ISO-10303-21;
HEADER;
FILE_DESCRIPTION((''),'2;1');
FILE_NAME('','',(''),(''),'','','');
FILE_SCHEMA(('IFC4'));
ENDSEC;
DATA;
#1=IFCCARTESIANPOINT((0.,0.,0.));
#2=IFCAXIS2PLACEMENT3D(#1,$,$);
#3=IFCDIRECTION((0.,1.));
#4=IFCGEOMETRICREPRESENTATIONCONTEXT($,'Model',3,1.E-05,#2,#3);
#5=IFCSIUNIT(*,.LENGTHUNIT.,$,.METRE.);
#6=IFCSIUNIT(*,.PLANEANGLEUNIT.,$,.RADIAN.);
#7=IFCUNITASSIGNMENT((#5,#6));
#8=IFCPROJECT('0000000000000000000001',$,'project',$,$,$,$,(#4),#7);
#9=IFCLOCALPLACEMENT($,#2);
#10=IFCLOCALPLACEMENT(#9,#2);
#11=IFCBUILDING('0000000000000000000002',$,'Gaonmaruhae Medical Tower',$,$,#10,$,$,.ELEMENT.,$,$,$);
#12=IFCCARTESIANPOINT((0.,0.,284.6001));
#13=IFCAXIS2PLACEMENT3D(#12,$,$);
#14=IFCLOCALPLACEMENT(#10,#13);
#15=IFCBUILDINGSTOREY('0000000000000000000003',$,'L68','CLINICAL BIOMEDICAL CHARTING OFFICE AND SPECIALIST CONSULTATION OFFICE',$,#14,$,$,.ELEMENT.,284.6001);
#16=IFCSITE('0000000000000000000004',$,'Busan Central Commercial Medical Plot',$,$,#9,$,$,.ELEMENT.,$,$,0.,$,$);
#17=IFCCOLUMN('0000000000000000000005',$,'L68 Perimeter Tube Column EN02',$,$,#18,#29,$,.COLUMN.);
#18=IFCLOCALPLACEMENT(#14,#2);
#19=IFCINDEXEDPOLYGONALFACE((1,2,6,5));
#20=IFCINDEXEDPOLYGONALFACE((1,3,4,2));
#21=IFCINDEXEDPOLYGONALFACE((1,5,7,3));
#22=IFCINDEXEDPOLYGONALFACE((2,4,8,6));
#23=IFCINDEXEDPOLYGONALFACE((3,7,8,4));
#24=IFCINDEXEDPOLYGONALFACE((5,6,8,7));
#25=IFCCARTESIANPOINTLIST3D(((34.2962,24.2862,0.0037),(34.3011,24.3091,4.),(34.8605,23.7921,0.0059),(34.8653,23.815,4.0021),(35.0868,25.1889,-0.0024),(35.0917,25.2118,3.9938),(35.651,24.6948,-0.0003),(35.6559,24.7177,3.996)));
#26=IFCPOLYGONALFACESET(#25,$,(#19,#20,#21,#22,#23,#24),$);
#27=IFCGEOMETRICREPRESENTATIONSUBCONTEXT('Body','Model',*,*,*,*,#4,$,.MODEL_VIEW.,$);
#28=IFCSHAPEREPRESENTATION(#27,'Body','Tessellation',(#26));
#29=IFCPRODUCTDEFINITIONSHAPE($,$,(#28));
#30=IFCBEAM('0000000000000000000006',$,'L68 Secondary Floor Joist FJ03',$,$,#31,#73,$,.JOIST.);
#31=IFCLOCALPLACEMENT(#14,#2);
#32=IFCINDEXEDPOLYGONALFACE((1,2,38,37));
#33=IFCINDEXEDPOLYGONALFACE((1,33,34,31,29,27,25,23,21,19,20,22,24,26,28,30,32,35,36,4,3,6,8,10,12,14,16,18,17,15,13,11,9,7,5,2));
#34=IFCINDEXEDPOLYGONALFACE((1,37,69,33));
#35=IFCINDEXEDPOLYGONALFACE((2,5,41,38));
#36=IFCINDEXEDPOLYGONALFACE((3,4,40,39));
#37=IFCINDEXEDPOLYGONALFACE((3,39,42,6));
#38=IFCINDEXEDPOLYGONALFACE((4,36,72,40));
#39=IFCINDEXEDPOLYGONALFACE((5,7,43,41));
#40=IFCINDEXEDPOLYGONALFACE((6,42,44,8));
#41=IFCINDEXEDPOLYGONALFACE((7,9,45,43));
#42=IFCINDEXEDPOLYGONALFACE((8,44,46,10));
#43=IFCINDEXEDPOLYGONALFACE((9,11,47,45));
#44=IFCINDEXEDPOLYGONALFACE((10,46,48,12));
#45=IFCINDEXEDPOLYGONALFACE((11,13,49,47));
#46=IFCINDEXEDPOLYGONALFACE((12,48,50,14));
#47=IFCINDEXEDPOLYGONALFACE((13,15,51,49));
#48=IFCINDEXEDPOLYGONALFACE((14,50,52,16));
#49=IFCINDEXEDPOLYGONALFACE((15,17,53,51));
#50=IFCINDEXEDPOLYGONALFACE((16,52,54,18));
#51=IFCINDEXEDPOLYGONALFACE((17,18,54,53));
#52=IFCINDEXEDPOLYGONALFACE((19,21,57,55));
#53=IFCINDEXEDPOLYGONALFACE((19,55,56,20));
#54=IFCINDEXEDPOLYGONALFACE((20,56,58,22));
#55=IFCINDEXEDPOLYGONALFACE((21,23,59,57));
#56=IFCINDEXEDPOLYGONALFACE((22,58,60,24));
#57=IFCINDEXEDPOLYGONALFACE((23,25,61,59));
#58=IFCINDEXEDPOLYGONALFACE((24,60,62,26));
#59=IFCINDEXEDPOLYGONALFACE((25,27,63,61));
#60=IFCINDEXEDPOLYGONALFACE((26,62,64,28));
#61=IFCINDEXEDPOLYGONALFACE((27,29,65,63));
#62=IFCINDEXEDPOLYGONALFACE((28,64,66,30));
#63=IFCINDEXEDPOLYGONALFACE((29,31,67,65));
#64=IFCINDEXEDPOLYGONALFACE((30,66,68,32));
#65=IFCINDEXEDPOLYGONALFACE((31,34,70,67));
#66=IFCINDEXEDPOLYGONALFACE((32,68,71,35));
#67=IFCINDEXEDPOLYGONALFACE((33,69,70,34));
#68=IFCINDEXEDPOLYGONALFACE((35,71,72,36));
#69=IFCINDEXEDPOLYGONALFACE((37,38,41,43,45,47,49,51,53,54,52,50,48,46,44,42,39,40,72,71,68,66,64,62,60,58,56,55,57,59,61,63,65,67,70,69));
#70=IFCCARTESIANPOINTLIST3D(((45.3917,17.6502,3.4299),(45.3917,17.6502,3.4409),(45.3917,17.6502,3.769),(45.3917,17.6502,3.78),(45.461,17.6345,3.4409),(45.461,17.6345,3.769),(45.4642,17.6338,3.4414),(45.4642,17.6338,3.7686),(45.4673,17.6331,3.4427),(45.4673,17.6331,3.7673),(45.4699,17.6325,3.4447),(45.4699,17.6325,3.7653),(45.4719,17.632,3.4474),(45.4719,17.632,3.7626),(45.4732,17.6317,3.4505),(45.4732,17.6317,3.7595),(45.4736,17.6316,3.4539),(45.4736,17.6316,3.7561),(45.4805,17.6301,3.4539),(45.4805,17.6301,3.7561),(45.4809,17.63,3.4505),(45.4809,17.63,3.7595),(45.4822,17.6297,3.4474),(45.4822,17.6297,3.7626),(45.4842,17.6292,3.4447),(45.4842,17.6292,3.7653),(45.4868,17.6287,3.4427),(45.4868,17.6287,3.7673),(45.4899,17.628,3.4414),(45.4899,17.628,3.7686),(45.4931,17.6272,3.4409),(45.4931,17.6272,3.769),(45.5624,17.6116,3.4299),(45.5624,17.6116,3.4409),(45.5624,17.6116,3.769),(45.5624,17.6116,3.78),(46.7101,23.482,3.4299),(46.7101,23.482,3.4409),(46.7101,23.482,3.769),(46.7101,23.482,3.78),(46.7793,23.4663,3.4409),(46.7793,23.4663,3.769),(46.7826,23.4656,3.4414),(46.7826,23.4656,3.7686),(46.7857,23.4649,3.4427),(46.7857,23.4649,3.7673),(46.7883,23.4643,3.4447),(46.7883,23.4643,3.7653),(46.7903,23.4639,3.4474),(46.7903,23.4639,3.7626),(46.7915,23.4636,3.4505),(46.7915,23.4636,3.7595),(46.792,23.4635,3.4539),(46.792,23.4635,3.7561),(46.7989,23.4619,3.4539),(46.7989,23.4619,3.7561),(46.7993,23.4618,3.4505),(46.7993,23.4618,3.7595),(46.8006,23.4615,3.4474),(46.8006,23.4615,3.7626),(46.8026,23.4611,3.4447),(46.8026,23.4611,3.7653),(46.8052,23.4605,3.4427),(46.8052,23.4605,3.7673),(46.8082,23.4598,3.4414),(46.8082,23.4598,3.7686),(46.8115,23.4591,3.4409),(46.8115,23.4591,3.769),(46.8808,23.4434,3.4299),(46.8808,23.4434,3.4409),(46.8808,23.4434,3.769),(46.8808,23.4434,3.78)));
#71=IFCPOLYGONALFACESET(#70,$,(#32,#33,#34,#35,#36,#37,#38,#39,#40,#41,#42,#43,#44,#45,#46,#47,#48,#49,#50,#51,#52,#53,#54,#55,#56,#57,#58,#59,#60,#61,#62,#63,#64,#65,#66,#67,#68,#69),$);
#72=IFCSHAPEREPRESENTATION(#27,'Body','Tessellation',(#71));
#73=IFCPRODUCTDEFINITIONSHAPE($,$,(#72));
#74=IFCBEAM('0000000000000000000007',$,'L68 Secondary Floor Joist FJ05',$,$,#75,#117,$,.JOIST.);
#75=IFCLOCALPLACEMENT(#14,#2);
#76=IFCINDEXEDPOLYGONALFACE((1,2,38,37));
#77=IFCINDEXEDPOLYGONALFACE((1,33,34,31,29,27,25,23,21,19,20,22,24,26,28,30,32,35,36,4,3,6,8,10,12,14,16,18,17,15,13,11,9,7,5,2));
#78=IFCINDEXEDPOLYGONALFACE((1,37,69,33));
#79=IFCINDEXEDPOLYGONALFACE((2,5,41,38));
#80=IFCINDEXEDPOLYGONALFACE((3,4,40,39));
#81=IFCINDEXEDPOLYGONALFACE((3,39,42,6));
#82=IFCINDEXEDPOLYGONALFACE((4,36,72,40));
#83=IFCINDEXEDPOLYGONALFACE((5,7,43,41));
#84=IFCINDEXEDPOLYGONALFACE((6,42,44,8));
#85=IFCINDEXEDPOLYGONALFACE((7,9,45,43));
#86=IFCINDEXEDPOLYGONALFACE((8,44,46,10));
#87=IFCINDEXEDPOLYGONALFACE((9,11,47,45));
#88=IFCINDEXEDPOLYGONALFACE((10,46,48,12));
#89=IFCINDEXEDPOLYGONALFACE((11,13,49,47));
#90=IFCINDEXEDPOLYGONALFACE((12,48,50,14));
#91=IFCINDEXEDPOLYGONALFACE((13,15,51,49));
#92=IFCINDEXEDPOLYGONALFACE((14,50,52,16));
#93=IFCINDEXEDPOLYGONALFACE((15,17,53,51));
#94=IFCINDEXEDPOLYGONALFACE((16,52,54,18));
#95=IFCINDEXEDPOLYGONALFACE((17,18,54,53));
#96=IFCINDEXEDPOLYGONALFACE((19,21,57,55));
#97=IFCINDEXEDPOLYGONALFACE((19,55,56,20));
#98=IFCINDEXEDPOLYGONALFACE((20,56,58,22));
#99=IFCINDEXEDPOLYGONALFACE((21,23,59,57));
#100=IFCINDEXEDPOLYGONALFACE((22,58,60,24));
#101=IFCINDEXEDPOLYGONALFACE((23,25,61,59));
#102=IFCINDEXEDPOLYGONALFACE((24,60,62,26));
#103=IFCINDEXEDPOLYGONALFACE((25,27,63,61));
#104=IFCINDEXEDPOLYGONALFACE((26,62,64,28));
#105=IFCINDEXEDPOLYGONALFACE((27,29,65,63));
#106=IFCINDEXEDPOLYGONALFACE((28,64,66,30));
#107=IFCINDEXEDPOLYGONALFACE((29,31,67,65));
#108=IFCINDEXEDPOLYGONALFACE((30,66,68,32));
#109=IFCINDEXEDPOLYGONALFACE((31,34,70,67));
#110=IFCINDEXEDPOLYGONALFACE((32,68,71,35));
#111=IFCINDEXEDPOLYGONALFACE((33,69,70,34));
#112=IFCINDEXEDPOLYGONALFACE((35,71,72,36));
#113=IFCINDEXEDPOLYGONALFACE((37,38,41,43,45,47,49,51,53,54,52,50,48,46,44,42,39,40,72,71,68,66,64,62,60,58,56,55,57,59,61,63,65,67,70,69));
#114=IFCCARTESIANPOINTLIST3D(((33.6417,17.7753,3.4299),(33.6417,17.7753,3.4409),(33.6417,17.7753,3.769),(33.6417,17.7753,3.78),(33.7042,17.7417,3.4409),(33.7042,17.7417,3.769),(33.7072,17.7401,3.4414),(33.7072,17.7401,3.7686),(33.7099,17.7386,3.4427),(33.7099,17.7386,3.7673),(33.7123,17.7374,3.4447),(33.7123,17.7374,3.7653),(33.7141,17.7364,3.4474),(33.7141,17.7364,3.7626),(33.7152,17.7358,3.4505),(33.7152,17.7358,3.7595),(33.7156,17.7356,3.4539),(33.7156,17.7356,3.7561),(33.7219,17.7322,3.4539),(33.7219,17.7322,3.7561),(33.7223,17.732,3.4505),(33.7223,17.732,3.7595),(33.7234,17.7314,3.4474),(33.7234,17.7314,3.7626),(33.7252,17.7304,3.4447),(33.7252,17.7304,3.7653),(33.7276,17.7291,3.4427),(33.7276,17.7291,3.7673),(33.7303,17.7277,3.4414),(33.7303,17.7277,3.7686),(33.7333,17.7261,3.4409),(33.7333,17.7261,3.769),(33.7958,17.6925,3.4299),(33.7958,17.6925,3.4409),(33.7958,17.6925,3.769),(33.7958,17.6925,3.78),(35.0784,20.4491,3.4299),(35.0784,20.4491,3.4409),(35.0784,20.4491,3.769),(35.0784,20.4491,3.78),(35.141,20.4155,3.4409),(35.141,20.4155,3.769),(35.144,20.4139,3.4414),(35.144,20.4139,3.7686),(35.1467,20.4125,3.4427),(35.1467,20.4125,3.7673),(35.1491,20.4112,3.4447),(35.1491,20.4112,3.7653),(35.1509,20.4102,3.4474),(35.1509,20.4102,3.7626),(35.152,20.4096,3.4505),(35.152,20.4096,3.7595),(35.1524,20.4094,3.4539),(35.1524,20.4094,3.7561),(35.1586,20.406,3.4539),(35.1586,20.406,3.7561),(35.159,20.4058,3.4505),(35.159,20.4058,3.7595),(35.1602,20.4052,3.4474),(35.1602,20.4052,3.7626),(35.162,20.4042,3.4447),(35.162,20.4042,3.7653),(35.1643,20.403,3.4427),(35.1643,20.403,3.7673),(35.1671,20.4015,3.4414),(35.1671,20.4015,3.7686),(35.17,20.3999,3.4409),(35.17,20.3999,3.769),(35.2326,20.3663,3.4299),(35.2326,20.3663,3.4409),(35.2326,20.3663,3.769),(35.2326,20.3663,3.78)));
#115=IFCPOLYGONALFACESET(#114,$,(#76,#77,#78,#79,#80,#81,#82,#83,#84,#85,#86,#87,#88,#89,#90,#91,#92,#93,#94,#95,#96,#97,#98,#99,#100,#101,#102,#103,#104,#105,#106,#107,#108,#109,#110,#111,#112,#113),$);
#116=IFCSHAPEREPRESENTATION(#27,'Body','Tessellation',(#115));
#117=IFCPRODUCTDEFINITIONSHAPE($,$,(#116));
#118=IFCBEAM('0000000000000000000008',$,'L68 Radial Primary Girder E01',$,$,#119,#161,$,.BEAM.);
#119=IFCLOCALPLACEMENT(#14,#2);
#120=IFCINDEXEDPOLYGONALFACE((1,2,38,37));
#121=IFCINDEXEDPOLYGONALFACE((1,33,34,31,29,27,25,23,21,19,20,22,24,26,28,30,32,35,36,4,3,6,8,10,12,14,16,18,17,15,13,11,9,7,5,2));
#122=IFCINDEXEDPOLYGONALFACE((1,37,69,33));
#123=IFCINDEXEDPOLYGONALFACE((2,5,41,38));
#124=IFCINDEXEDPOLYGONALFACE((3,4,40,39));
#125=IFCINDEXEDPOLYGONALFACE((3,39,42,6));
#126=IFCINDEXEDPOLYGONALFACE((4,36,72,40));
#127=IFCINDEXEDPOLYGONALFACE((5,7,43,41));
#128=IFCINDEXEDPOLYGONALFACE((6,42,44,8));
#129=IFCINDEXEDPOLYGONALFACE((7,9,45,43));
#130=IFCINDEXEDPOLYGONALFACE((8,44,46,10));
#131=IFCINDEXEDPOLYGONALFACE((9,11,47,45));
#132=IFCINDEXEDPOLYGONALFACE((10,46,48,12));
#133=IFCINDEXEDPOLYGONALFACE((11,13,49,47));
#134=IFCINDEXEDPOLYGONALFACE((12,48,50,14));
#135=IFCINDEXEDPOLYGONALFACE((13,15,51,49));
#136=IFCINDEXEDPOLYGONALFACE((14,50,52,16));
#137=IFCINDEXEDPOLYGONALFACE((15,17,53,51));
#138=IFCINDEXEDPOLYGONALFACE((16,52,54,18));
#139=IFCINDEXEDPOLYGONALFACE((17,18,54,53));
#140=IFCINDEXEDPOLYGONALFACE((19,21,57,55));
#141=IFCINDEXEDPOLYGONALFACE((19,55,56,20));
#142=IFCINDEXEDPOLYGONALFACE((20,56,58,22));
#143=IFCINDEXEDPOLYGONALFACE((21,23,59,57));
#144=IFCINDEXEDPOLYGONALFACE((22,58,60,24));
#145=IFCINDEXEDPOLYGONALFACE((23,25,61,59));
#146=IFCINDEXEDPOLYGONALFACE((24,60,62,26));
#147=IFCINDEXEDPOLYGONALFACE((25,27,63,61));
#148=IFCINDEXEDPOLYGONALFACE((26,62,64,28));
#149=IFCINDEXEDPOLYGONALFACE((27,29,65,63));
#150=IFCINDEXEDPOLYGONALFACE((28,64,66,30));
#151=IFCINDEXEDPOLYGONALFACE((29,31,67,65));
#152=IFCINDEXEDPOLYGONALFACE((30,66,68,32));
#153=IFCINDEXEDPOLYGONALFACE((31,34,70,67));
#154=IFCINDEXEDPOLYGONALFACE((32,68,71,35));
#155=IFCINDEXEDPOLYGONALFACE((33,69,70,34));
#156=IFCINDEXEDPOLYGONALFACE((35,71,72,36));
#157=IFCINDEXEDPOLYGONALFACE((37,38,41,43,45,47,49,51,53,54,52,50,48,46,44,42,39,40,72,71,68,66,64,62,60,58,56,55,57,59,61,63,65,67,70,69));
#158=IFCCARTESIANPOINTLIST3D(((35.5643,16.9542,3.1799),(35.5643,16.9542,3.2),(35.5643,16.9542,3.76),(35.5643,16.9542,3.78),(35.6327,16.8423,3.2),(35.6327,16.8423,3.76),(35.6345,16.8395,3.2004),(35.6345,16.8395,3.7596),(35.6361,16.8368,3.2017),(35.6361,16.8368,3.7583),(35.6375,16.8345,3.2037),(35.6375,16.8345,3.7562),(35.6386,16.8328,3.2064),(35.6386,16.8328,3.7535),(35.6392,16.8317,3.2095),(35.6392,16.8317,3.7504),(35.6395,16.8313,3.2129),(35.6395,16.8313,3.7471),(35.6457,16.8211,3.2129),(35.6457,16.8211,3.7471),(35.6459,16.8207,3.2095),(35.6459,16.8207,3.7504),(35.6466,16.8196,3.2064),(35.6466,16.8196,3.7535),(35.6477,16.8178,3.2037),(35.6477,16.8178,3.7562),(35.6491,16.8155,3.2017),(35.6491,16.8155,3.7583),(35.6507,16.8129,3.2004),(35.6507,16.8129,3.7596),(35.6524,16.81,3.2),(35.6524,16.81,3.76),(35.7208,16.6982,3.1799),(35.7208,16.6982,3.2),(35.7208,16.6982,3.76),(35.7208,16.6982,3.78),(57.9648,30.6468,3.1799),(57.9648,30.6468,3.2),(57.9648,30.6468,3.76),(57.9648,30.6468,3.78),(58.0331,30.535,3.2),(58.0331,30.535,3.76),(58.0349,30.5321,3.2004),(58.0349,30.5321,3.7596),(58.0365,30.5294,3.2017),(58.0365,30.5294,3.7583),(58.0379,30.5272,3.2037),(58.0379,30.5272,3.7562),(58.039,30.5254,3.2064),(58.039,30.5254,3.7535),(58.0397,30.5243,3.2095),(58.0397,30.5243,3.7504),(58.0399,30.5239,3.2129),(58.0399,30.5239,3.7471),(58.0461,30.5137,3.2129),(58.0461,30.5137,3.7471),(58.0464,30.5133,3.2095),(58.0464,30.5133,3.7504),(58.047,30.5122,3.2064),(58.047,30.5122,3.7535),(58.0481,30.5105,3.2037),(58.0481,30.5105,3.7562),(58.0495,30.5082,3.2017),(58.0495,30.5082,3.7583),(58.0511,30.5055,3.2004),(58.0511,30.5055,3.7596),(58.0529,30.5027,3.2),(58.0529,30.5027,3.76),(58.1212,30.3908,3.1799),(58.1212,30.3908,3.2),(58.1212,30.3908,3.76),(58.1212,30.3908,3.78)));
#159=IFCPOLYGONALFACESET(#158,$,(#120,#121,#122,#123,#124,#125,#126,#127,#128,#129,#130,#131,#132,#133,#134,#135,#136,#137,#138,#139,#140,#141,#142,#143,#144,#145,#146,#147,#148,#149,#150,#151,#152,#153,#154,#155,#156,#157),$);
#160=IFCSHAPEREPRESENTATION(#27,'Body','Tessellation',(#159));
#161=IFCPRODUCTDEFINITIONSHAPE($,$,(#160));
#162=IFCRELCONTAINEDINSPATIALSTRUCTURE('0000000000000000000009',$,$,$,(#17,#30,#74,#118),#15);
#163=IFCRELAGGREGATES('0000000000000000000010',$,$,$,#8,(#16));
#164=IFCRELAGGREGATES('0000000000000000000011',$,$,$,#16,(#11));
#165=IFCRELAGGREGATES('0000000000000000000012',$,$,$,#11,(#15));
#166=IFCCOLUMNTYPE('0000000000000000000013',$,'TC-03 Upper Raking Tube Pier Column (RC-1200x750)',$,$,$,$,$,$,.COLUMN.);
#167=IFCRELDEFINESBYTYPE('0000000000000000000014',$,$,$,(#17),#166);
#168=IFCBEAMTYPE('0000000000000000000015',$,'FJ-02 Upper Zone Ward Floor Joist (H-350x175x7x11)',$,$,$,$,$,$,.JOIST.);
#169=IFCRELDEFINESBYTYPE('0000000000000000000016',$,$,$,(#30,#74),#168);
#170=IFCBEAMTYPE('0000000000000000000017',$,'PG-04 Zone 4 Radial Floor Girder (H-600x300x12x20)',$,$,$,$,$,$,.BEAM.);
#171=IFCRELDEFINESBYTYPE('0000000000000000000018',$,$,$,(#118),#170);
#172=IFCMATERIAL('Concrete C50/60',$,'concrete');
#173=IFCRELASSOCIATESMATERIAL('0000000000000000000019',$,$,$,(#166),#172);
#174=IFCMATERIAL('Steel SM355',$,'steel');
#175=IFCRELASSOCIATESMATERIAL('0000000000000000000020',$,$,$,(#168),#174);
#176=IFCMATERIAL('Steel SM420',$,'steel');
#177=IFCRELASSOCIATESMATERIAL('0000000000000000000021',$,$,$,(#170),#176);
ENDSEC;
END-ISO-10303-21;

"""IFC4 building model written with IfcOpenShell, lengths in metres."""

from ifc_helpers import new_model, si_unit, direction, frame, origin, origin_2d, place, context, subcontext, project, spatial, rectangle, i_section, extrude, material, material_profile, profile_set, type_object, element, save


model = new_model("IFC4")

# Units and contexts
model_context = context("Model", 3, precision=1e-05, world=origin(), true_north=direction((0.0, 1.0)))
body_context = subcontext(model_context, "Body", "Model", "MODEL_VIEW")
ifc_project = project(units=[si_unit("LENGTHUNIT", "METRE"), si_unit("PLANEANGLEUNIT", "RADIAN")], contexts=[model_context])

# Site, building, storey
site_placement = place(None, origin())
site = spatial("IfcSite", under=ifc_project, at=site_placement, Name="Busan Central Commercial Medical Plot", CompositionType="ELEMENT", RefElevation=0.0)
building_placement = place(site_placement, origin())
building = spatial("IfcBuilding", under=site, at=building_placement, Name="Gaonmaruhae Medical Tower", CompositionType="ELEMENT")
storey_placement = place(building_placement, frame((0.0, 0.0, 284.6001)))
storey = spatial("IfcBuildingStorey", under=building, at=storey_placement, Name="L68", Description="CLINICAL BIOMEDICAL CHARTING OFFICE AND SPECIALIST CONSULTATION OFFICE", CompositionType="ELEMENT", Elevation=284.6001)

# Column
ifc_material_1 = material(Name="Concrete C50/60", Category="concrete")
ifc_material_profile_1 = material_profile(ifc_material_1, rectangle(XDim=1.2, YDim=0.75, at=origin_2d()), Name="RC-1200x750")
ifc_profile_set_1 = profile_set([ifc_material_profile_1], Name="Concrete C50/60")
column_type = type_object("IfcColumnType", Name="TC-03 Upper Raking Tube Pier Column (RC-1200x750)", PredefinedType="COLUMN", material=ifc_profile_set_1)
column_placement = place(storey_placement, frame((34.9736, 24.4905, 0.0017), z_axis=(0.001222, 0.005742, 0.999983), x_axis=(-0.658837, -0.752268, 0.005125)))
element("IfcColumn", 1, at=column_placement, inside=storey, type_object=column_type, Name="L68 Perimeter Tube Column EN02", PredefinedType="COLUMN", context=body_context, shape_type="SweptSolid", body=[
    extrude(rectangle(XDim=1.2, YDim=0.75, at=origin_2d()), origin(), (0.0, 0.0, 1.0), 3.9963),
])

# Beams
ifc_material_2 = material(Name="Steel SM355", Category="steel")
ifc_material_profile_2 = material_profile(ifc_material_2, i_section(OverallWidth=0.175, OverallDepth=0.3501, WebThickness=0.0071, FlangeThickness=0.011, FilletRadius=0.0129, at=origin_2d()), Name="H-350x175x7x11")
ifc_profile_set_2 = profile_set([ifc_material_profile_2], Name="Steel SM355")
beam_type_1 = type_object("IfcBeamType", Name="FJ-02 Upper Zone Ward Floor Joist (H-350x175x7x11)", PredefinedType="JOIST", material=ifc_profile_set_2)
beam_1_placement = place(storey_placement, frame((45.4771, 17.6309, 3.605), z_axis=(0.2205, 0.975387, 0.0), x_axis=(-0.975387, 0.2205, 0.0)))
element("IfcBeam", 2, at=beam_1_placement, inside=storey, type_object=beam_type_1, Name="L68 Secondary Floor Joist FJ03", PredefinedType="JOIST", context=body_context, shape_type="SweptSolid", body=[
    extrude(i_section(OverallWidth=0.175, OverallDepth=0.3501, WebThickness=0.0071, FlangeThickness=0.011, FilletRadius=0.0129, at=origin_2d()), origin(), (0.0, 0.0, 1.0), 5.979),
])
beam_2_placement = place(storey_placement, frame((35.1555, 20.4077, 3.605), z_axis=(-0.473337, -0.880881, 0.0), x_axis=(0.880881, -0.473337, 0.0)))
element("IfcBeam", 3, at=beam_2_placement, inside=storey, type_object=beam_type_1, Name="L68 Secondary Floor Joist FJ05", PredefinedType="JOIST", context=body_context, shape_type="SweptSolid", body=[
    extrude(i_section(OverallWidth=0.175, OverallDepth=0.3501, WebThickness=0.0071, FlangeThickness=0.011, FilletRadius=0.0129, at=origin_2d()), origin(), (0.0, 0.0, 1.0), 3.0354),
])
ifc_material_3 = material(Name="Steel SM420", Category="steel")
ifc_material_profile_3 = material_profile(ifc_material_3, i_section(OverallWidth=0.3, OverallDepth=0.6001, WebThickness=0.012, FlangeThickness=0.02, FilletRadius=0.0129, at=origin_2d()), Name="H-600x300x12x20")
ifc_profile_set_3 = profile_set([ifc_material_profile_3], Name="Steel SM420")
beam_type_2 = type_object("IfcBeamType", Name="PG-04 Zone 4 Radial Floor Girder (H-600x300x12x20)", PredefinedType="BEAM", material=ifc_profile_set_3)
beam_3_placement = place(storey_placement, frame((35.6426, 16.8262, 3.48), z_axis=(0.853223, 0.521547, 0.0), x_axis=(-0.521547, 0.853223, 0.0)))
element("IfcBeam", 4, at=beam_3_placement, inside=storey, type_object=beam_type_2, Name="L68 Radial Primary Girder E01", PredefinedType="BEAM", context=body_context, shape_type="SweptSolid", body=[
    extrude(i_section(OverallWidth=0.3, OverallDepth=0.6001, WebThickness=0.012, FlangeThickness=0.02, FilletRadius=0.0129, at=origin_2d()), origin(), (0.0, 0.0, 1.0), 26.2539),
])

save(model, "model.ifc")
